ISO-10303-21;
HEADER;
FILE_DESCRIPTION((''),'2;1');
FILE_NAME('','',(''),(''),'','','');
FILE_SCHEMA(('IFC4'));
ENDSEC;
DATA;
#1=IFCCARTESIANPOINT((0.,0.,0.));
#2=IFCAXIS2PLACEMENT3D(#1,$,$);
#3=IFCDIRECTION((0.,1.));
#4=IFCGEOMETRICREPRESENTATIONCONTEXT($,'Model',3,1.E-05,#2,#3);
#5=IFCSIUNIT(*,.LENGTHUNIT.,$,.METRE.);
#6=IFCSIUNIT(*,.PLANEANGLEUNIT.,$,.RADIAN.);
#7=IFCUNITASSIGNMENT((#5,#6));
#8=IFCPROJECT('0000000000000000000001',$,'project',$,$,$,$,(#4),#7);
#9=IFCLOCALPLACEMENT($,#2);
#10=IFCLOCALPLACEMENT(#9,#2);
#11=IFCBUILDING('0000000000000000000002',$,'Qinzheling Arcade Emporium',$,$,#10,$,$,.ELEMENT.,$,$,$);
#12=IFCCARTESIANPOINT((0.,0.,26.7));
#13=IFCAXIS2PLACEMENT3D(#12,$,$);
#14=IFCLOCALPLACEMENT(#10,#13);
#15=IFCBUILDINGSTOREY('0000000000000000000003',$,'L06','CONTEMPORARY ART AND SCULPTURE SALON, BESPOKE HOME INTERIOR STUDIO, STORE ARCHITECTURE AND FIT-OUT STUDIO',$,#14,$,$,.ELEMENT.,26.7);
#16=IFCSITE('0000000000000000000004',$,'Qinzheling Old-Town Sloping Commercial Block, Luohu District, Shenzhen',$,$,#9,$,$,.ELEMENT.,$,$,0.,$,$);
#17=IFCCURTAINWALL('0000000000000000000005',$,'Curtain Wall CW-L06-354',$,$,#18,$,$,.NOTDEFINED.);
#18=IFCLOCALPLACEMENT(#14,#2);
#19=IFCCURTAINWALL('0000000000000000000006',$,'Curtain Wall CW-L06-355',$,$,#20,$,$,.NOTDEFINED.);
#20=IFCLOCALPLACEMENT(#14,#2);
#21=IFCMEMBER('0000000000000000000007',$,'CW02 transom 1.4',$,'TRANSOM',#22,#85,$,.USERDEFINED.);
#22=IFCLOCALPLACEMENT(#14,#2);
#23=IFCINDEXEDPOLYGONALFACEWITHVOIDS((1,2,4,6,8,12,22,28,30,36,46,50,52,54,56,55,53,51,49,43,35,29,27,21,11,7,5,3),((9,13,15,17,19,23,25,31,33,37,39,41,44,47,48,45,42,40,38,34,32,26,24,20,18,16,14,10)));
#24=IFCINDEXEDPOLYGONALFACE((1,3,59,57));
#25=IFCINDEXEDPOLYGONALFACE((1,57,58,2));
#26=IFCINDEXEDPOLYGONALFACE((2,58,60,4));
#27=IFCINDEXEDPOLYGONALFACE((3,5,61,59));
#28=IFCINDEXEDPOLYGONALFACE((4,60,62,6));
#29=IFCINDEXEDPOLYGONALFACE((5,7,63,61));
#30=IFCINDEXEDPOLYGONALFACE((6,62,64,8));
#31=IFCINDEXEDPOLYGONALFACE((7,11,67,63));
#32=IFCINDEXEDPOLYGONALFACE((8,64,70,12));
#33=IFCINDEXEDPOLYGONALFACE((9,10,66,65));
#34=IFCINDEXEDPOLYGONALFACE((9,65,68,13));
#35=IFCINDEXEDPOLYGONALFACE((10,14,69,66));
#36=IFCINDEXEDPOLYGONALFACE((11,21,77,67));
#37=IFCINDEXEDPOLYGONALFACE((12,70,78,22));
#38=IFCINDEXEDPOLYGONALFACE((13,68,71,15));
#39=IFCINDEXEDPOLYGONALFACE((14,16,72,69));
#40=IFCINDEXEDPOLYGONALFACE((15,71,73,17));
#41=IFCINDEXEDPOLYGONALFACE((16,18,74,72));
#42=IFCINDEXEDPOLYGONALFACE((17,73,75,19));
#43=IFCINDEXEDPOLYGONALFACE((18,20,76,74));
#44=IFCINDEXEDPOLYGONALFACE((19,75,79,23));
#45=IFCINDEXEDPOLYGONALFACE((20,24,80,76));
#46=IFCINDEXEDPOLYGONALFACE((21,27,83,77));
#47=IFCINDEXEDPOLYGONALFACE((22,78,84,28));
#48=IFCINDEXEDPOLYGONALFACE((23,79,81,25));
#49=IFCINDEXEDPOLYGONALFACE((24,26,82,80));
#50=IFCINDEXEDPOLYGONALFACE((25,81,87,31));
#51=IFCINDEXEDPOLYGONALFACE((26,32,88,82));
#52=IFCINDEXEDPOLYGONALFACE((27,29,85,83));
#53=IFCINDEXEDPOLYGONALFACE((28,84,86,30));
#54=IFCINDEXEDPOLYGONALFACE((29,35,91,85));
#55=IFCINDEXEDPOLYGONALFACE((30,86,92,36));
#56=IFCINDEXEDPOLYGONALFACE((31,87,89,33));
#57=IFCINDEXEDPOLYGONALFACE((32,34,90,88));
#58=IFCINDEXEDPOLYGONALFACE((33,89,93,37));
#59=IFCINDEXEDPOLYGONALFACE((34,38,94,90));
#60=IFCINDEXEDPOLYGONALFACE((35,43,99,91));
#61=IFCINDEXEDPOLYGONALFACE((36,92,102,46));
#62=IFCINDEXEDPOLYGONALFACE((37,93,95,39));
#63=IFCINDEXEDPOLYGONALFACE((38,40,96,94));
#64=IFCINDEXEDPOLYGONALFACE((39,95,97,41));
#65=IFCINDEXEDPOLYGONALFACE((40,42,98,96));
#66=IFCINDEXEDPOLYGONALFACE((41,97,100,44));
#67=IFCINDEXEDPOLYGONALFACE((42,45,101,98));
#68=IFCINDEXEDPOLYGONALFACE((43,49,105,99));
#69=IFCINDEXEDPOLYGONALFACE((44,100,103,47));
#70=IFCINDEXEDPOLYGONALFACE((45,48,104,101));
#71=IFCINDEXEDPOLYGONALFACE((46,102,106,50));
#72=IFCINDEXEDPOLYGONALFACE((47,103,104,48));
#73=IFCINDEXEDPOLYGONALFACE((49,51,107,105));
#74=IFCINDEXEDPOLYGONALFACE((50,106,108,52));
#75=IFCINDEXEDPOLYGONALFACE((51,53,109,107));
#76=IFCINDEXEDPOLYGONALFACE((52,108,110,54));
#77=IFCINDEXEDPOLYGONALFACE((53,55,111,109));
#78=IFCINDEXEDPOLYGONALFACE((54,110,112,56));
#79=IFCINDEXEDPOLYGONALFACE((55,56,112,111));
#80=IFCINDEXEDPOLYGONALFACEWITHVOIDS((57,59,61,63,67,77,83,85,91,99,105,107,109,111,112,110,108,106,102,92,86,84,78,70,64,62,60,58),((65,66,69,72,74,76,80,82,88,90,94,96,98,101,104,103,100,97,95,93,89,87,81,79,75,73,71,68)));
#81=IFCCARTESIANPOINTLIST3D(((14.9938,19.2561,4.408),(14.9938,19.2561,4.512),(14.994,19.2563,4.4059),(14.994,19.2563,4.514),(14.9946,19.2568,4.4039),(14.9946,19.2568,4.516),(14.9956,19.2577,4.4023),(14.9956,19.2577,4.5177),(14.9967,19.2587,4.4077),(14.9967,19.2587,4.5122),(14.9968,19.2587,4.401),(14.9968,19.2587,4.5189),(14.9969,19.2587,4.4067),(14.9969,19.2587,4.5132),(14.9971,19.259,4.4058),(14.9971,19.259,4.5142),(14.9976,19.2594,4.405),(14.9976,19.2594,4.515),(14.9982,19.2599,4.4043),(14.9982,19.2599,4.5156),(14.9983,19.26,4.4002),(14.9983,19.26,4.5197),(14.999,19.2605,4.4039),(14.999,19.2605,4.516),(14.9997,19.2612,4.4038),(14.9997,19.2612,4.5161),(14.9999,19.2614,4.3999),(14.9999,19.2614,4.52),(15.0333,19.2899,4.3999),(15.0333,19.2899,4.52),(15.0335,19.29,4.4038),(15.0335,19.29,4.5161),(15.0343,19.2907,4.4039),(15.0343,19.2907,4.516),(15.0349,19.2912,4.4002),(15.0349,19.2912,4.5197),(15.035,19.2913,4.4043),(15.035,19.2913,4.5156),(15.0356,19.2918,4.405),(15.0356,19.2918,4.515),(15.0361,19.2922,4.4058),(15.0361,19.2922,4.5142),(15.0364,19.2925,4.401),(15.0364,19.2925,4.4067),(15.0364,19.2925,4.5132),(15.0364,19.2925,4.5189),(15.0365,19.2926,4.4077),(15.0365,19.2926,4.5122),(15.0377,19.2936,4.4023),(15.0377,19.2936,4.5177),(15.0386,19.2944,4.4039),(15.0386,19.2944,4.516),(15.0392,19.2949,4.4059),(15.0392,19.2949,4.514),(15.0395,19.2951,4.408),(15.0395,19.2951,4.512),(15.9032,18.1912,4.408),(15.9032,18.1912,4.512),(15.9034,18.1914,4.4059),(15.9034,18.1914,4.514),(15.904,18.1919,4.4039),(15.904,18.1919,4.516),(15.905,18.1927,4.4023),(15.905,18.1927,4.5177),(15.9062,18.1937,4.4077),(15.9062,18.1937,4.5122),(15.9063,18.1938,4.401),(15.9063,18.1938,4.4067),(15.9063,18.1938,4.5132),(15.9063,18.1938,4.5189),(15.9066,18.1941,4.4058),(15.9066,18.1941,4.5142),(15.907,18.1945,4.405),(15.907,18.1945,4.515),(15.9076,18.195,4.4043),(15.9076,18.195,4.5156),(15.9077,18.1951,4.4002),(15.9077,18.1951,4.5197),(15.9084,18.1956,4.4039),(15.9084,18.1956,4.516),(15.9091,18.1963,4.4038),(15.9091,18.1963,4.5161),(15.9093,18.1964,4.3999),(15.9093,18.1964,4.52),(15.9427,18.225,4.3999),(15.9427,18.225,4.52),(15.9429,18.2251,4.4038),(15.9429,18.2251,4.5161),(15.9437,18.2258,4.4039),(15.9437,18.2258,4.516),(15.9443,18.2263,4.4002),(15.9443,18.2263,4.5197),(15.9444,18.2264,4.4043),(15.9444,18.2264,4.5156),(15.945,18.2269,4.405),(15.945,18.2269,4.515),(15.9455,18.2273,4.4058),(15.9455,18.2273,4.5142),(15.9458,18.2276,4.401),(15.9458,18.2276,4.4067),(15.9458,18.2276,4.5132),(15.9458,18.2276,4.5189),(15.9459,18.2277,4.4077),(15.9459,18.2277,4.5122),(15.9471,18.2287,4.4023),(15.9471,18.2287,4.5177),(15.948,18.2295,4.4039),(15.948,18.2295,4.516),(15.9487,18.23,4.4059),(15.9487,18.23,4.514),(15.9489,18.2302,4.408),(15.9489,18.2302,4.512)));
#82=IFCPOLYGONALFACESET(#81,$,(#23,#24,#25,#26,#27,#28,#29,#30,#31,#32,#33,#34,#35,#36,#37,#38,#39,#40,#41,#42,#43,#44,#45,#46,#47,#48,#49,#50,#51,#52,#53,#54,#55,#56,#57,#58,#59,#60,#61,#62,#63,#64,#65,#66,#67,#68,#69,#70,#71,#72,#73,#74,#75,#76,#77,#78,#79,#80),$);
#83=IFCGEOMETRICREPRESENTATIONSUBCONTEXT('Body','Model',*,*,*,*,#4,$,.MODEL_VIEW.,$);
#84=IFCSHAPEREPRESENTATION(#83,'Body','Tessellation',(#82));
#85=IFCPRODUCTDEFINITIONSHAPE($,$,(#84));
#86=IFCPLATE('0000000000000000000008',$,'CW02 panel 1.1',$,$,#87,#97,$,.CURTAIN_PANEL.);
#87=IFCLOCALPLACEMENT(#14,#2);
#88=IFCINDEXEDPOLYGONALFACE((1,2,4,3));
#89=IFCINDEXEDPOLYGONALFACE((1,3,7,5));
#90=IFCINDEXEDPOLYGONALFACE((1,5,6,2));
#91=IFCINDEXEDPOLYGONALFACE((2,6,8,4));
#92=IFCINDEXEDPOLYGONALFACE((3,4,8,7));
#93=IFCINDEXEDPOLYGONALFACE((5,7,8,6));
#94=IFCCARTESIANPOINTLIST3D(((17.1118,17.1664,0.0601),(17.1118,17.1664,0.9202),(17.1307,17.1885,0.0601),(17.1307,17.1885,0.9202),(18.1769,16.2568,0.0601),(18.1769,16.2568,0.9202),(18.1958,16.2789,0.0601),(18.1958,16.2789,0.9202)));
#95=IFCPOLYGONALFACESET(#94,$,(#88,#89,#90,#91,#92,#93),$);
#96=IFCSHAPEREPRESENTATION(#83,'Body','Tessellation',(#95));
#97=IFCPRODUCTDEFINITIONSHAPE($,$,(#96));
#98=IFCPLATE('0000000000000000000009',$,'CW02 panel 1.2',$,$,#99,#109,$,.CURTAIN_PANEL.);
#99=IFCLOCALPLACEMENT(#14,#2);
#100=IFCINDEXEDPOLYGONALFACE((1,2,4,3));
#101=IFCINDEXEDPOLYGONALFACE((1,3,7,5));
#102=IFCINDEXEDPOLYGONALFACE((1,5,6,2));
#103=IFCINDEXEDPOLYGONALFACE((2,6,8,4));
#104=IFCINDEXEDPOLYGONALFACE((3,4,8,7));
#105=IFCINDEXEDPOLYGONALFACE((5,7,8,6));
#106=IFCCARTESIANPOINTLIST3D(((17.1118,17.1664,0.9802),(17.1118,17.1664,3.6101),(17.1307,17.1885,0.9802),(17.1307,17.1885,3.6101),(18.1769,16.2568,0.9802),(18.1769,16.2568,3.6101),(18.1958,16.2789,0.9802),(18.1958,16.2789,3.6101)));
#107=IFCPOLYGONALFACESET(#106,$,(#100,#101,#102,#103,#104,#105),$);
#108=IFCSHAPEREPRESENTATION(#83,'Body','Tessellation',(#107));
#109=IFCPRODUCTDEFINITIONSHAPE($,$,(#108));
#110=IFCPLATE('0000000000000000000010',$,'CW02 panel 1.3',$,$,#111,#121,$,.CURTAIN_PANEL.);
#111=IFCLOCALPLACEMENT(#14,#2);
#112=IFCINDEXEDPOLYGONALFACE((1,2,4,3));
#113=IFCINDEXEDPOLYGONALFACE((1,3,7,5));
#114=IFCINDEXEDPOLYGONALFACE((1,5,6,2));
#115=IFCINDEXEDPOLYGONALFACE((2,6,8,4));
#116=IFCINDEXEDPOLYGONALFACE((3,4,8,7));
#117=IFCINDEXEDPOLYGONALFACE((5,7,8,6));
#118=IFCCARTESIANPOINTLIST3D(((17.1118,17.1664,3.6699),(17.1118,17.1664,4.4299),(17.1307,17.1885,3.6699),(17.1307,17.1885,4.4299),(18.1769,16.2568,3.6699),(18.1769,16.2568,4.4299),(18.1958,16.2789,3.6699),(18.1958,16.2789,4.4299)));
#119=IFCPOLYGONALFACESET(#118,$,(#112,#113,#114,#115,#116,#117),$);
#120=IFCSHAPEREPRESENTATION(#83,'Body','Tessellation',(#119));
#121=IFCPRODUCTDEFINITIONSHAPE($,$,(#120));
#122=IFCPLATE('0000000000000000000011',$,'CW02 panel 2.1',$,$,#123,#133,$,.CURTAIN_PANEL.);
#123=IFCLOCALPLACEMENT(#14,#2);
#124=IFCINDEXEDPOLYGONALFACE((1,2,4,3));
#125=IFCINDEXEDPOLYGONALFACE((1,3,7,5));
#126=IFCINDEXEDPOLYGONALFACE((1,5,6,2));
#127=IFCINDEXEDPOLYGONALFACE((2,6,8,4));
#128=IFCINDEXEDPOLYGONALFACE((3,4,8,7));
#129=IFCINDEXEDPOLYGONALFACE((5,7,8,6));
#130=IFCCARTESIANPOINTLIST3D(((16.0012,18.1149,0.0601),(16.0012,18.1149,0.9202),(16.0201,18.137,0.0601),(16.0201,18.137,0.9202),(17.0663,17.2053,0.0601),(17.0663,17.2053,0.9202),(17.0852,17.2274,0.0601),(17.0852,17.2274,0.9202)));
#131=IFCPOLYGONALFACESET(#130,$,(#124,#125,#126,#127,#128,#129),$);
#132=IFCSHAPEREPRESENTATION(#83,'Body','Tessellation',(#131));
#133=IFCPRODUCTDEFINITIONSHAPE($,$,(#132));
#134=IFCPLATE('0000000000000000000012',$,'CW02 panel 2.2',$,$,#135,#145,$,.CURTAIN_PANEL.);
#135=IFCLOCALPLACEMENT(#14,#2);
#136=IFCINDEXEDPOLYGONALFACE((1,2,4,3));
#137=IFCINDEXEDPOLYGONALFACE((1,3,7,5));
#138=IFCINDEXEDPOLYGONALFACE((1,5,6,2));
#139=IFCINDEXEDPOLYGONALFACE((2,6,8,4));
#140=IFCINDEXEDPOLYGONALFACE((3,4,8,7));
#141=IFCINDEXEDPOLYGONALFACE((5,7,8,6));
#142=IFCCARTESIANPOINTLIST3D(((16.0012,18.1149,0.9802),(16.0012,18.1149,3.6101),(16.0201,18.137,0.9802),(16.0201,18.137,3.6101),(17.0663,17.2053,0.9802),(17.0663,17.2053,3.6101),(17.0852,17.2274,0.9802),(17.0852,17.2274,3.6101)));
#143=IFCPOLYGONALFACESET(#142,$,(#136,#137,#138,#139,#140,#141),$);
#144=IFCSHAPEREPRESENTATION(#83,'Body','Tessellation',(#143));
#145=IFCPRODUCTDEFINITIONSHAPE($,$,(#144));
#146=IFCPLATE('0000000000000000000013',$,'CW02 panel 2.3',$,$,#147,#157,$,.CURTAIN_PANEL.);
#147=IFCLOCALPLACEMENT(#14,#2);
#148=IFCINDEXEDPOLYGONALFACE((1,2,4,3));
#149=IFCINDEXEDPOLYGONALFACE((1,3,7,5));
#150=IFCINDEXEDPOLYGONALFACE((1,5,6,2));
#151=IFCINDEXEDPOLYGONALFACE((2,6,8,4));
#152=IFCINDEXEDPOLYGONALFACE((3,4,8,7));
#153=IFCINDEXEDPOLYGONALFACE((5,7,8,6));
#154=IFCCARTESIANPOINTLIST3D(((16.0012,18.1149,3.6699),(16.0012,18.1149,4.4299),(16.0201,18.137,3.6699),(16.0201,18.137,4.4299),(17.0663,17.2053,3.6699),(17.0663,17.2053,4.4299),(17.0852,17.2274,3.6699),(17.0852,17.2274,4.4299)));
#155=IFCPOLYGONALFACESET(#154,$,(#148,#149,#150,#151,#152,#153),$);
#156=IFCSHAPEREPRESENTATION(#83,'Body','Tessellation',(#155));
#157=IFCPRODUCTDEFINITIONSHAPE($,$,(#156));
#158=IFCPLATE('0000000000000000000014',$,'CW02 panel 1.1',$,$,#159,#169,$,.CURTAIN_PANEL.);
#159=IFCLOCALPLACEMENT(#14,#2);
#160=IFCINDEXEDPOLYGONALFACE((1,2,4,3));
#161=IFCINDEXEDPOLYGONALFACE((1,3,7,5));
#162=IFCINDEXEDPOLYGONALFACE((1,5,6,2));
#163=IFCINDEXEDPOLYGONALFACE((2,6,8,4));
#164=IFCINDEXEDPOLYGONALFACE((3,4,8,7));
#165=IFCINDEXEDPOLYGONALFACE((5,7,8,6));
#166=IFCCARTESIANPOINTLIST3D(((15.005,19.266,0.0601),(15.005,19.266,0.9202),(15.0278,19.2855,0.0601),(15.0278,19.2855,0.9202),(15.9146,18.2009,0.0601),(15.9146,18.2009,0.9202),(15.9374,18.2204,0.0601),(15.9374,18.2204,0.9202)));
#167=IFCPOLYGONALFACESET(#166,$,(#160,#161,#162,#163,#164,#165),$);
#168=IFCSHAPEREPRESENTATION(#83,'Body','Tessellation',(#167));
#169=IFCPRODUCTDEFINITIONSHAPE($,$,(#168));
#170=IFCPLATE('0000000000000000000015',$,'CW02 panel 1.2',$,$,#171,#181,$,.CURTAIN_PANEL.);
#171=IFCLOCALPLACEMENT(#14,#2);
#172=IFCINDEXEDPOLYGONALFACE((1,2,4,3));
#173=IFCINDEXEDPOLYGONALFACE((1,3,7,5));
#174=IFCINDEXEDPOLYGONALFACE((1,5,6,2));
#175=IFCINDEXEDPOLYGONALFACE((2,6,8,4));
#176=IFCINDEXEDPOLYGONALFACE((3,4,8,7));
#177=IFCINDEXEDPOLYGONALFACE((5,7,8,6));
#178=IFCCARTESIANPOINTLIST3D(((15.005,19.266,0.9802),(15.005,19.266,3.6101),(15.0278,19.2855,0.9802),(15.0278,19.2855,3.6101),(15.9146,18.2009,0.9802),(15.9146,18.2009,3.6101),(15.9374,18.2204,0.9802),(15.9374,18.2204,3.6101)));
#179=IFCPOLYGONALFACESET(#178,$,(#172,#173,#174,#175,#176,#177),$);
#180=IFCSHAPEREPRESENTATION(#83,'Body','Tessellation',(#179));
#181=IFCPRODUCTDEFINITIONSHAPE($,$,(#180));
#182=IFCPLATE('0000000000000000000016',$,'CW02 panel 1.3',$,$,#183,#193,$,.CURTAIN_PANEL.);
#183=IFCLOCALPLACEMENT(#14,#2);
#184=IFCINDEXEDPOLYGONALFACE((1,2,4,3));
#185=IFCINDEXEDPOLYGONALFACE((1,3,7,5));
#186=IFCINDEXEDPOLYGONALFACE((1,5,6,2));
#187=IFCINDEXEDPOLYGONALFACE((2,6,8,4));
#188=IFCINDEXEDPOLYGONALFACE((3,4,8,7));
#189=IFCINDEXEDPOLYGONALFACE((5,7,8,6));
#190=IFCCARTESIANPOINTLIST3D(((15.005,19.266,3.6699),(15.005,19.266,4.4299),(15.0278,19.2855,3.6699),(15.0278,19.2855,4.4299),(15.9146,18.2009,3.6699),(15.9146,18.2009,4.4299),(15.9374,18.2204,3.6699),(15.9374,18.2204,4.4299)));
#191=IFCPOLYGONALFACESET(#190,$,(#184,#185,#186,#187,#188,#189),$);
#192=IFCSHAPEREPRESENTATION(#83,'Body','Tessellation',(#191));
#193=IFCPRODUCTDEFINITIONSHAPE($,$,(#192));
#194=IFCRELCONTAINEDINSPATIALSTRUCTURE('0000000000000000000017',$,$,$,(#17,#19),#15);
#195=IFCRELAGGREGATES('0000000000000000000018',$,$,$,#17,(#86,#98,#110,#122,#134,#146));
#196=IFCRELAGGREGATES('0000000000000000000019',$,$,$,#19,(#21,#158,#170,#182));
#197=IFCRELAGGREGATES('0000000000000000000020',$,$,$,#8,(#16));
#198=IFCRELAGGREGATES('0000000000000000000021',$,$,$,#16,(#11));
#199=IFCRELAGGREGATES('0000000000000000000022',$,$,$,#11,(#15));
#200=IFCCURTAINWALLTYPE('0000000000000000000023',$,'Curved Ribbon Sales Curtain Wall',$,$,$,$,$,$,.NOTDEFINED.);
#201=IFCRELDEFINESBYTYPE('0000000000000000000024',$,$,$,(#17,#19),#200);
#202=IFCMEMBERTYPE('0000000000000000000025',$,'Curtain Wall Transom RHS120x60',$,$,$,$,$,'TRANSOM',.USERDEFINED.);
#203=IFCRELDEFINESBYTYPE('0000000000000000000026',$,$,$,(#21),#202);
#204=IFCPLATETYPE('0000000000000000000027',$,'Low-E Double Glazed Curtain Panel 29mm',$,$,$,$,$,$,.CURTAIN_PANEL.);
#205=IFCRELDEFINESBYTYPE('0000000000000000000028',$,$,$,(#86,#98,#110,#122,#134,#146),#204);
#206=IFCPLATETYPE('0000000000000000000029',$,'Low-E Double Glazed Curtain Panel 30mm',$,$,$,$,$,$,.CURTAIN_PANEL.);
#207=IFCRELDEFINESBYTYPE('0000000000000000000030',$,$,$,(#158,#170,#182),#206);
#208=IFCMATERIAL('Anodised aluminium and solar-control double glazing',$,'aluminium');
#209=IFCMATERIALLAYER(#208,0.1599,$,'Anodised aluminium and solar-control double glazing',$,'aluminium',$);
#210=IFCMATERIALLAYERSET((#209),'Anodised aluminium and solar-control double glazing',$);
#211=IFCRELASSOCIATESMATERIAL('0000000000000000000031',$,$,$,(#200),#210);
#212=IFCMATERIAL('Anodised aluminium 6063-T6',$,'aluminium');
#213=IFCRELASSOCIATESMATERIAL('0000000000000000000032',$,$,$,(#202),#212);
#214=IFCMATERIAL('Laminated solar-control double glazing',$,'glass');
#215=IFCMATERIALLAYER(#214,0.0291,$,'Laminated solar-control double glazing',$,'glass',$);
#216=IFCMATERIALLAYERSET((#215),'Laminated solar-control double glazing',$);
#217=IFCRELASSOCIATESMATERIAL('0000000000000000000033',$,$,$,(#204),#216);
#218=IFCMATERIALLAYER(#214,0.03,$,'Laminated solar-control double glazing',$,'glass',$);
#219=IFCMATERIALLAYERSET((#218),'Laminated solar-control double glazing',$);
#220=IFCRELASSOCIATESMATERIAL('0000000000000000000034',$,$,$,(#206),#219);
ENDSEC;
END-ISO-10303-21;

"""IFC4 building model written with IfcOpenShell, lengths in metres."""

from ifc_helpers import new_model, si_unit, direction, frame, origin, origin_2d, place, context, subcontext, project, spatial, rectangle, hollow_rectangle, extrude, material, layer, layer_set, material_profile, profile_set, type_object, element, aggregate, save


model = new_model("IFC4")

# Units and contexts
model_context = context("Model", 3, precision=1e-05, world=origin(), true_north=direction((0.0, 1.0)))
body_context = subcontext(model_context, "Body", "Model", "MODEL_VIEW")
ifc_project = project(units=[si_unit("LENGTHUNIT", "METRE"), si_unit("PLANEANGLEUNIT", "RADIAN")], contexts=[model_context])

# Site, building, storey
site_placement = place(None, origin())
site = spatial("IfcSite", under=ifc_project, at=site_placement, Name="Qinzheling Old-Town Sloping Commercial Block, Luohu District, Shenzhen", CompositionType="ELEMENT", RefElevation=0.0)
building_placement = place(site_placement, origin())
building = spatial("IfcBuilding", under=site, at=building_placement, Name="Qinzheling Arcade Emporium", CompositionType="ELEMENT")
storey_placement = place(building_placement, frame((0.0, 0.0, 26.7)))
storey = spatial("IfcBuildingStorey", under=building, at=storey_placement, Name="L06", Description="CONTEMPORARY ART AND SCULPTURE SALON, BESPOKE HOME INTERIOR STUDIO, STORE ARCHITECTURE AND FIT-OUT STUDIO", CompositionType="ELEMENT", Elevation=26.7)

# Curtain walls
ifc_material_1 = material(Name="Anodised aluminium and solar-control double glazing", Category="aluminium")
ifc_layer_1 = layer(ifc_material_1, 0.1599, Name="Anodised aluminium and solar-control double glazing", Category="aluminium")
ifc_layer_set_1 = layer_set([ifc_layer_1], Name="Anodised aluminium and solar-control double glazing")
curtain_wall_type = type_object("IfcCurtainWallType", Name="Curved Ribbon Sales Curtain Wall", PredefinedType="NOTDEFINED", material=ifc_layer_set_1)
curtain_wall_1_placement = place(storey_placement, origin())
curtain_wall_1 = element("IfcCurtainWall", 1, at=curtain_wall_1_placement, inside=storey, type_object=curtain_wall_type, Name="Curtain Wall CW-L06-354", PredefinedType="NOTDEFINED")
ifc_material_2 = material(Name="Anodised aluminium 6063-T6", Category="aluminium")
curtain_wall_2_placement = place(storey_placement, origin())
curtain_wall_2 = element("IfcCurtainWall", 2, at=curtain_wall_2_placement, inside=storey, type_object=curtain_wall_type, Name="Curtain Wall CW-L06-355", PredefinedType="NOTDEFINED")

# Member
ifc_material_profile_1 = material_profile(ifc_material_2, hollow_rectangle(XDim=0.0601, YDim=0.1201, WallThickness=0.0039, InnerFilletRadius=0.0039, OuterFilletRadius=0.0081, at=origin_2d()), Name="RHS 120x60x4", Category="aluminium")
ifc_profile_set_1 = profile_set([ifc_material_profile_1], Name="Anodised aluminium 6063-T6")
member_type_1 = type_object("IfcMemberType", Name="Curtain Wall Transom RHS120x60", ElementType="TRANSOM", PredefinedType="USERDEFINED", material=ifc_profile_set_1)
member_1_placement = place(storey_placement, frame((15.926, 18.2107, 4.46), z_axis=(-0.649398, 0.760449, 0.0), x_axis=(-0.760449, -0.649398, 0.0)))
member_1 = element("IfcMember", 3, at=member_1_placement, type_object=member_type_1, Name="CW02 transom 1.4", ObjectType="TRANSOM", PredefinedType="USERDEFINED", context=body_context, shape_type="SweptSolid", body=[
    extrude(hollow_rectangle(XDim=0.0601, YDim=0.1201, WallThickness=0.0039, InnerFilletRadius=0.0039, OuterFilletRadius=0.0081, at=origin_2d()), origin(), (0.0, 0.0, 1.0), 1.4004),
])

# Plates
ifc_material_3 = material(Name="Laminated solar-control double glazing", Category="glass")
ifc_layer_2 = layer(ifc_material_3, 0.0291, Name="Laminated solar-control double glazing", Category="glass")
ifc_layer_set_2 = layer_set([ifc_layer_2], Name="Laminated solar-control double glazing")
plate_type_1 = type_object("IfcPlateType", Name="Low-E Double Glazed Curtain Panel 29mm", PredefinedType="CURTAIN_PANEL", material=ifc_layer_set_2)
plate_1_placement = place(storey_placement, frame((17.6538, 16.7227, 0.0601), z_axis=(0.0, 0.0, 1.0), x_axis=(-0.760439, 0.649409, 0.0)))
plate_1 = element("IfcPlate", 4, at=plate_1_placement, type_object=plate_type_1, Name="CW02 panel 1.1", PredefinedType="CURTAIN_PANEL", context=body_context, shape_type="SweptSolid", body=[
    extrude(rectangle(XDim=1.4006, YDim=0.0291, at=origin_2d()), origin(), (0.0, 0.0, 1.0), 0.8601),
])
plate_2_placement = place(storey_placement, frame((17.6538, 16.7227, 0.9802), z_axis=(0.0, 0.0, 1.0), x_axis=(-0.760439, 0.649409, 0.0)))
plate_2 = element("IfcPlate", 5, at=plate_2_placement, type_object=plate_type_1, Name="CW02 panel 1.2", PredefinedType="CURTAIN_PANEL", context=body_context, shape_type="SweptSolid", body=[
    extrude(rectangle(XDim=1.4006, YDim=0.0291, at=origin_2d()), origin(), (0.0, 0.0, 1.0), 2.6299),
])
plate_3_placement = place(storey_placement, frame((17.6538, 16.7227, 3.6699), z_axis=(0.0, 0.0, 1.0), x_axis=(-0.760439, 0.649409, 0.0)))
plate_3 = element("IfcPlate", 6, at=plate_3_placement, type_object=plate_type_1, Name="CW02 panel 1.3", PredefinedType="CURTAIN_PANEL", context=body_context, shape_type="SweptSolid", body=[
    extrude(rectangle(XDim=1.4006, YDim=0.0291, at=origin_2d()), origin(), (0.0, 0.0, 1.0), 0.76),
])
plate_4_placement = place(storey_placement, frame((16.5432, 17.6711, 0.0601), z_axis=(0.0, 0.0, 1.0), x_axis=(-0.760439, 0.649409, 0.0)))
plate_4 = element("IfcPlate", 7, at=plate_4_placement, type_object=plate_type_1, Name="CW02 panel 2.1", PredefinedType="CURTAIN_PANEL", context=body_context, shape_type="SweptSolid", body=[
    extrude(rectangle(XDim=1.4006, YDim=0.0291, at=origin_2d()), origin(), (0.0, 0.0, 1.0), 0.8601),
])
plate_5_placement = place(storey_placement, frame((16.5432, 17.6711, 0.9802), z_axis=(0.0, 0.0, 1.0), x_axis=(-0.760439, 0.649409, 0.0)))
plate_5 = element("IfcPlate", 8, at=plate_5_placement, type_object=plate_type_1, Name="CW02 panel 2.2", PredefinedType="CURTAIN_PANEL", context=body_context, shape_type="SweptSolid", body=[
    extrude(rectangle(XDim=1.4006, YDim=0.0291, at=origin_2d()), origin(), (0.0, 0.0, 1.0), 2.6299),
])
plate_6_placement = place(storey_placement, frame((16.5432, 17.6711, 3.6699), z_axis=(0.0, 0.0, 1.0), x_axis=(-0.760439, 0.649409, 0.0)))
plate_6 = element("IfcPlate", 9, at=plate_6_placement, type_object=plate_type_1, Name="CW02 panel 2.3", PredefinedType="CURTAIN_PANEL", context=body_context, shape_type="SweptSolid", body=[
    extrude(rectangle(XDim=1.4006, YDim=0.0291, at=origin_2d()), origin(), (0.0, 0.0, 1.0), 0.76),
])
aggregate(curtain_wall_1, [plate_1, plate_2, plate_3, plate_4, plate_5, plate_6])
ifc_layer_3 = layer(ifc_material_3, 0.03, Name="Laminated solar-control double glazing", Category="glass")
ifc_layer_set_3 = layer_set([ifc_layer_3], Name="Laminated solar-control double glazing")
plate_type_2 = type_object("IfcPlateType", Name="Low-E Double Glazed Curtain Panel 30mm", PredefinedType="CURTAIN_PANEL", material=ifc_layer_set_3)
plate_7_placement = place(storey_placement, frame((15.4712, 18.7432, 0.0601), z_axis=(0.0, 0.0, 1.0), x_axis=(-0.649409, 0.760439, 0.0)))
plate_7 = element("IfcPlate", 10, at=plate_7_placement, type_object=plate_type_2, Name="CW02 panel 1.1", PredefinedType="CURTAIN_PANEL", context=body_context, shape_type="SweptSolid", body=[
    extrude(rectangle(XDim=1.4006, YDim=0.03, at=origin_2d()), origin(), (0.0, 0.0, 1.0), 0.8601),
])
plate_8_placement = place(storey_placement, frame((15.4712, 18.7432, 0.9802), z_axis=(0.0, 0.0, 1.0), x_axis=(-0.649409, 0.760439, 0.0)))
plate_8 = element("IfcPlate", 11, at=plate_8_placement, type_object=plate_type_2, Name="CW02 panel 1.2", PredefinedType="CURTAIN_PANEL", context=body_context, shape_type="SweptSolid", body=[
    extrude(rectangle(XDim=1.4006, YDim=0.03, at=origin_2d()), origin(), (0.0, 0.0, 1.0), 2.6299),
])
plate_9_placement = place(storey_placement, frame((15.4712, 18.7432, 3.6699), z_axis=(0.0, 0.0, 1.0), x_axis=(-0.649409, 0.760439, 0.0)))
plate_9 = element("IfcPlate", 12, at=plate_9_placement, type_object=plate_type_2, Name="CW02 panel 1.3", PredefinedType="CURTAIN_PANEL", context=body_context, shape_type="SweptSolid", body=[
    extrude(rectangle(XDim=1.4006, YDim=0.03, at=origin_2d()), origin(), (0.0, 0.0, 1.0), 0.76),
])
aggregate(curtain_wall_2, [member_1, plate_7, plate_8, plate_9])

save(model, "model.ifc")
